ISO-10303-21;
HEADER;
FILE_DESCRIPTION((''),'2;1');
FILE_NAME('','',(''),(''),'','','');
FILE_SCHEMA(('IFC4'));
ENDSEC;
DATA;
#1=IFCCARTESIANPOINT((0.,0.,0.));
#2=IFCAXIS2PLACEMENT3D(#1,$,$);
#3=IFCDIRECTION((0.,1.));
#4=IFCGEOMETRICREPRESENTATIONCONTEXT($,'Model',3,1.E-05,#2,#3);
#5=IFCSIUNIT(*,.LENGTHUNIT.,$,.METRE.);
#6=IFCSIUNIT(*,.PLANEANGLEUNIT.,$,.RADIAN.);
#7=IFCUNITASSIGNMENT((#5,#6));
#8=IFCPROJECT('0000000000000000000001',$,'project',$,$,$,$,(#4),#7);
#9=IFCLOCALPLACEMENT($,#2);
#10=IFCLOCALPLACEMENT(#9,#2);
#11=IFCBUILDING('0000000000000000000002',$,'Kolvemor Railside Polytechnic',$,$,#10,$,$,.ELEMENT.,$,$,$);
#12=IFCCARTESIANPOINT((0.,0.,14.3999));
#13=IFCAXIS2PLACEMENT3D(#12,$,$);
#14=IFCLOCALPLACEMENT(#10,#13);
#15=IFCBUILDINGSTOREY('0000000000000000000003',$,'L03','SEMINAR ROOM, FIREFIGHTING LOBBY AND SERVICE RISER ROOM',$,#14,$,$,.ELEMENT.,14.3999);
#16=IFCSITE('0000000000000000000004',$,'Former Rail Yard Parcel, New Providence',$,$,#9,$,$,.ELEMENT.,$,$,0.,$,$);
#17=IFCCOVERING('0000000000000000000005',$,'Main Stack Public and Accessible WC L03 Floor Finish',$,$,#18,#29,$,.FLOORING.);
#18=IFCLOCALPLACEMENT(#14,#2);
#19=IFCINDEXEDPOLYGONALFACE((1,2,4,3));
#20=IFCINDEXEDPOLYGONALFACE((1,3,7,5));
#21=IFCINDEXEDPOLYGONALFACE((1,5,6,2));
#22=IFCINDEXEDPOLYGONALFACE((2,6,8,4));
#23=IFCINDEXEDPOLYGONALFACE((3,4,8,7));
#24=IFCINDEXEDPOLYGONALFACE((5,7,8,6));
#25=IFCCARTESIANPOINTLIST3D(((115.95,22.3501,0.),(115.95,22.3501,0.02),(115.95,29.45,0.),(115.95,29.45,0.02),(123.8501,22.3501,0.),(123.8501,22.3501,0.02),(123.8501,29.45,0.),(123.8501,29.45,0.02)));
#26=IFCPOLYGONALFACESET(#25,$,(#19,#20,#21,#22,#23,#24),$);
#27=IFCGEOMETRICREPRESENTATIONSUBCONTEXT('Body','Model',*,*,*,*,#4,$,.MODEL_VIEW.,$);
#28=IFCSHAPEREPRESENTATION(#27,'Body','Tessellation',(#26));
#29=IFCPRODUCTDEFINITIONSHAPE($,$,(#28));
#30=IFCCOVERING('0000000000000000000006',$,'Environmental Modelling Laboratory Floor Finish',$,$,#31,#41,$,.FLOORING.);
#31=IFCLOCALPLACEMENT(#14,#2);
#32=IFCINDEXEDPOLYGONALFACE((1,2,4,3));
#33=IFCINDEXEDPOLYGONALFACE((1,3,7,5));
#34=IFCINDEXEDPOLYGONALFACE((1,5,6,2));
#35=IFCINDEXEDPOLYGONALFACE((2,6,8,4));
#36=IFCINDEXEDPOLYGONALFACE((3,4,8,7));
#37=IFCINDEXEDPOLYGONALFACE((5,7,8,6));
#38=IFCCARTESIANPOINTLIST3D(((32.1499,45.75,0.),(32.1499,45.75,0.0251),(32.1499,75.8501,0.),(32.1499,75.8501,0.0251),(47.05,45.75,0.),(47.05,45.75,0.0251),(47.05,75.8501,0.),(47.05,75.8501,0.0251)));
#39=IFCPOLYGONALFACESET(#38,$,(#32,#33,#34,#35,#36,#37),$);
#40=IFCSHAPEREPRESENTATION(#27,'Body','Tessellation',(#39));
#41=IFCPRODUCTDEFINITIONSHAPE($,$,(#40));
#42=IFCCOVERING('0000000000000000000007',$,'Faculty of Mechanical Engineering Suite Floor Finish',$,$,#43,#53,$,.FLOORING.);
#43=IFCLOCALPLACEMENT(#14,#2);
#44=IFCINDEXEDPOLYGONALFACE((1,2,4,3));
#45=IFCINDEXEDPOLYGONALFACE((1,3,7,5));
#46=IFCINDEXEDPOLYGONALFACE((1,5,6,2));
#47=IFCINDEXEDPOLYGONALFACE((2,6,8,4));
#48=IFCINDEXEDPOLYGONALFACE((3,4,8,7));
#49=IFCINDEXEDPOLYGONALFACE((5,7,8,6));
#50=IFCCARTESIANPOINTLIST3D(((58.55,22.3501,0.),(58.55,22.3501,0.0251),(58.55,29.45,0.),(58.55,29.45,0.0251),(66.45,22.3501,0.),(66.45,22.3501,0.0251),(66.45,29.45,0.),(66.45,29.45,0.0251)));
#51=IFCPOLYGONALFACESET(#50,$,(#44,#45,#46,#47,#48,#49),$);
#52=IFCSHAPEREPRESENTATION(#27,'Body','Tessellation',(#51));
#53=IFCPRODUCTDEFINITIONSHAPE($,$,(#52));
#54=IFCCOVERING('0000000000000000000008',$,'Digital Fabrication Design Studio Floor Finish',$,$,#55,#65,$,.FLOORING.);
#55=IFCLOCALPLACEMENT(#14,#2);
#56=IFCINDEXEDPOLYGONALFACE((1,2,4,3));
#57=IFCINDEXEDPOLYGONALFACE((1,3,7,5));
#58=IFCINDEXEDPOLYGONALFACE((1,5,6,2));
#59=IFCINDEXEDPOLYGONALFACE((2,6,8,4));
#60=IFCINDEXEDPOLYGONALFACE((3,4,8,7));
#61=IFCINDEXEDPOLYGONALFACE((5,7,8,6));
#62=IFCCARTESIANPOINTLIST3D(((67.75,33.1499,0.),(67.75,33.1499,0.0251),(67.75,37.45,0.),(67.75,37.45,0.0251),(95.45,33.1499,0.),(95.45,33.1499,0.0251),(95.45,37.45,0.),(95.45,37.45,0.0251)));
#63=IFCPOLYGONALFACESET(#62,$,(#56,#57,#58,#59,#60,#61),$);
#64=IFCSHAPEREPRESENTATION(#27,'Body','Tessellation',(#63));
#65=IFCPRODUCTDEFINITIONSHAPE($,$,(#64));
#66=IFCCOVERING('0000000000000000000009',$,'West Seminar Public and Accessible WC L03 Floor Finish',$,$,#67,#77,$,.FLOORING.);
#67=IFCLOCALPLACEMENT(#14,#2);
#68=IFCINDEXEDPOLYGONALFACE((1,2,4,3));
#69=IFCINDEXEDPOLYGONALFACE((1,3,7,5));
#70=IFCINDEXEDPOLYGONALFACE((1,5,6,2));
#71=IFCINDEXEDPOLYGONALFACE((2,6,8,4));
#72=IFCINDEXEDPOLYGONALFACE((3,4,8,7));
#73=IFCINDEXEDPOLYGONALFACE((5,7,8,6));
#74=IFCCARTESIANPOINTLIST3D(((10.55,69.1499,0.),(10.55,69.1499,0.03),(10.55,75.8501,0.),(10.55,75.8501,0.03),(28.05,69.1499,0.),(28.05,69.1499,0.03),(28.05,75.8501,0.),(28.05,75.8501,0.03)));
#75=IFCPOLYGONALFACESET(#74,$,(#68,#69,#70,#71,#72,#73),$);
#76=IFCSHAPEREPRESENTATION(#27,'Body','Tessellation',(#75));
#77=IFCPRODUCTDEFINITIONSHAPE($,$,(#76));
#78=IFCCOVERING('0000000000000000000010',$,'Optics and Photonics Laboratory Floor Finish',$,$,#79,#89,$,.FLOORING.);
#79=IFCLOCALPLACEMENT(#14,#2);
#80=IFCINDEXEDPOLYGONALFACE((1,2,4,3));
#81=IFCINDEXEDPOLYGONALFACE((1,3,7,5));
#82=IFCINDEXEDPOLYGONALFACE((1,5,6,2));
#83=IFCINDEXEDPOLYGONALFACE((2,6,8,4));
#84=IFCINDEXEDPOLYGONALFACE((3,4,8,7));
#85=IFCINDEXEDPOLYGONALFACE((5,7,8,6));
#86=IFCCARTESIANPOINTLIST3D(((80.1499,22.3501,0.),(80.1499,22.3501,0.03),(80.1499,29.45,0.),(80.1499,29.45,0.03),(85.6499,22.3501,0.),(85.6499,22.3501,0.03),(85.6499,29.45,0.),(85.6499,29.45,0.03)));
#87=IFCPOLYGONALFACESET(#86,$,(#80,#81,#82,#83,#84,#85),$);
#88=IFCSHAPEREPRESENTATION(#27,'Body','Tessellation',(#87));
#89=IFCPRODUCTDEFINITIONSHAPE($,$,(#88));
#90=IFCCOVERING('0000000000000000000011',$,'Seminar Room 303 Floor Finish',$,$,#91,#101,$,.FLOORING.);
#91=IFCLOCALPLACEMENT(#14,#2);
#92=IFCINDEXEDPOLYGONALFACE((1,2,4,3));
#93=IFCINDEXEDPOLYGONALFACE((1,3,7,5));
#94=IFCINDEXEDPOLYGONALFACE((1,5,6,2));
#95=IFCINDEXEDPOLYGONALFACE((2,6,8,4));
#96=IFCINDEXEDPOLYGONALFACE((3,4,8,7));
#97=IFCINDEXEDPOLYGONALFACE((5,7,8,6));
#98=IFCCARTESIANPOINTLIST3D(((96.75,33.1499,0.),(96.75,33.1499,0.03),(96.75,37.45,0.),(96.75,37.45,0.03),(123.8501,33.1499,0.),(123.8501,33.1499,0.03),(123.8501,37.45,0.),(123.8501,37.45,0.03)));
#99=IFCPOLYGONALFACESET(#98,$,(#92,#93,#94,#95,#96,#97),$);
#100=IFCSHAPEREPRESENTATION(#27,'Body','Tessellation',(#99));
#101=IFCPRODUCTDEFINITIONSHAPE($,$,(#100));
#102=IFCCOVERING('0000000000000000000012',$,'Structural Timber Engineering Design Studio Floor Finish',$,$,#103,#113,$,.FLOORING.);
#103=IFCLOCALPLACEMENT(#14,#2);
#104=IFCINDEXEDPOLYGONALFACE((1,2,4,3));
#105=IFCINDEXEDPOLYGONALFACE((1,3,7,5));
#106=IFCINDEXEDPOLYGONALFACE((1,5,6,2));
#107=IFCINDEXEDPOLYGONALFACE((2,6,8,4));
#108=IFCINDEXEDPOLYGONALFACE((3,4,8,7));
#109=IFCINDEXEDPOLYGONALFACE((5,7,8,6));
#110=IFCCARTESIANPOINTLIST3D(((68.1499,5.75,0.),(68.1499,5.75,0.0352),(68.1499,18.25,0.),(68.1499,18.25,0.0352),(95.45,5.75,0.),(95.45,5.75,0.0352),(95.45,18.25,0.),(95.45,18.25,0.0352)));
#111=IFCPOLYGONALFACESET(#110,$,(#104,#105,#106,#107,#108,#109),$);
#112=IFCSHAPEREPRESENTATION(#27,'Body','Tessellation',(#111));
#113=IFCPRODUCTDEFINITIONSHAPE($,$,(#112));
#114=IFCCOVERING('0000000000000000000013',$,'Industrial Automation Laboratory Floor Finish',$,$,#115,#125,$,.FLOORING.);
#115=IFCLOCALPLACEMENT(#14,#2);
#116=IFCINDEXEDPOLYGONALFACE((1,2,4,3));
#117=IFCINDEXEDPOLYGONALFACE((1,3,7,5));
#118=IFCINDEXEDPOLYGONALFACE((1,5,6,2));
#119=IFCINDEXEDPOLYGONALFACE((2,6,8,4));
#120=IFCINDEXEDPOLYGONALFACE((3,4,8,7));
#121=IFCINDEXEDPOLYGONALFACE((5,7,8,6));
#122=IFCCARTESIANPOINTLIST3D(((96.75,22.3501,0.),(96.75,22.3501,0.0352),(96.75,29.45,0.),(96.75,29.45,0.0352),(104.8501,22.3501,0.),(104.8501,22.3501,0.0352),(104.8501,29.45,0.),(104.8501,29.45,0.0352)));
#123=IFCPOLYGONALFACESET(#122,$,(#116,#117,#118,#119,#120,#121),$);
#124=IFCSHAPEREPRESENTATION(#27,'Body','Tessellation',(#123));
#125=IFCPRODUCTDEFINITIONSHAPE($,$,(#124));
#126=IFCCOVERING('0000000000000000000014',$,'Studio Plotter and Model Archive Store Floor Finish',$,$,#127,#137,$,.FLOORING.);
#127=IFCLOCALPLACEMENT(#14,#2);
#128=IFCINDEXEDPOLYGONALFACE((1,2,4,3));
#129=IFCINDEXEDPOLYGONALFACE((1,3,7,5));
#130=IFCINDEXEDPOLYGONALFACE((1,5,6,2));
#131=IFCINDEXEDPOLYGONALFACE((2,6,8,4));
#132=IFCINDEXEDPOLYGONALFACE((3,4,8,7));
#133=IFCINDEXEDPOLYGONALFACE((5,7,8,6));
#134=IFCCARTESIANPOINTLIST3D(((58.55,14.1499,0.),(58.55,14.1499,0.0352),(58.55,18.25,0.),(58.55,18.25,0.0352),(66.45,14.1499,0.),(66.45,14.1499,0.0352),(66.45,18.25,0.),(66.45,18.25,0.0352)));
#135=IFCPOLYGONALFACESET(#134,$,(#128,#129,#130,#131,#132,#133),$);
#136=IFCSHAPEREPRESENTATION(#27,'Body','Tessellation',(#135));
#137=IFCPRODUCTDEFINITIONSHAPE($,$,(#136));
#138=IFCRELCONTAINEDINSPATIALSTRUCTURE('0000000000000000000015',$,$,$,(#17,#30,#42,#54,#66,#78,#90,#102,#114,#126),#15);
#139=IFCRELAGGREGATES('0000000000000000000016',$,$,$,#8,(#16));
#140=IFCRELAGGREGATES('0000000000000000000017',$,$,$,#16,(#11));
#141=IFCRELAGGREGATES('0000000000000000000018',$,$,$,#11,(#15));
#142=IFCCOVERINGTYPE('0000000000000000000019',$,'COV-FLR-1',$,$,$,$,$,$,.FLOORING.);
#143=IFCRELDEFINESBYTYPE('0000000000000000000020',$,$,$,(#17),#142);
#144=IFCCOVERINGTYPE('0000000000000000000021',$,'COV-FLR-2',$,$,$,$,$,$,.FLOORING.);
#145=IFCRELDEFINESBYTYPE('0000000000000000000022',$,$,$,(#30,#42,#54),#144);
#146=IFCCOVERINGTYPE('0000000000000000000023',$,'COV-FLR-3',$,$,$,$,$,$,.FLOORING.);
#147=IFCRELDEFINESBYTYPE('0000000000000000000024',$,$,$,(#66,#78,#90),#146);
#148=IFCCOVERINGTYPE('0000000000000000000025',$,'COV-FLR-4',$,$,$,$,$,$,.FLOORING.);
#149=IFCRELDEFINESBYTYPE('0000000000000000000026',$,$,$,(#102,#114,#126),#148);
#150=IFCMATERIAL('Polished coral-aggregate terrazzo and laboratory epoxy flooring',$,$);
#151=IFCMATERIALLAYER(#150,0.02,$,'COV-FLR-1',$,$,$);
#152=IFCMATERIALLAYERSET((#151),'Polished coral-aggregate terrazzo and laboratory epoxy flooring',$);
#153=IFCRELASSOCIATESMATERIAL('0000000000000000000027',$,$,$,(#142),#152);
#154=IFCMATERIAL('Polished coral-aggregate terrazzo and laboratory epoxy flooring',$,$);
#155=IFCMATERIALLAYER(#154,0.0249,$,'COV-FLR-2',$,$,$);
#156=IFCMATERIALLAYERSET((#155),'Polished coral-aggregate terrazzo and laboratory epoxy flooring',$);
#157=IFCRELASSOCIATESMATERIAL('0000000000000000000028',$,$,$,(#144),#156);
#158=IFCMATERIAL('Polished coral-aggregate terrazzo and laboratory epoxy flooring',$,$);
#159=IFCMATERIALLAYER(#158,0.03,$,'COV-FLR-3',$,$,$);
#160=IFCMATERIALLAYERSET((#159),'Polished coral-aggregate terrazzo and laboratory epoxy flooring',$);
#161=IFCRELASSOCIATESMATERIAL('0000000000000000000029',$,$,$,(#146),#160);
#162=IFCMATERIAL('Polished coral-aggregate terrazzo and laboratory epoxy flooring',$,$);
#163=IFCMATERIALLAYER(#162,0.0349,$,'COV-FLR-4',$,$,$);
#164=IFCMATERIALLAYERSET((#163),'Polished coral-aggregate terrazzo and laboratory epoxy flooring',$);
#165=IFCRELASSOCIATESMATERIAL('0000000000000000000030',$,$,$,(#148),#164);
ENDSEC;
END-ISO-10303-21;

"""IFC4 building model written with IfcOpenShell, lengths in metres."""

from ifc_helpers import new_model, si_unit, direction, frame, origin, place, context, subcontext, project, spatial, polyline, outline, extrude, material, layer, layer_set, type_object, element, save


model = new_model("IFC4")

# Units and contexts
model_context = context("Model", 3, precision=1e-05, world=origin(), true_north=direction((0.0, 1.0)))
body_context = subcontext(model_context, "Body", "Model", "MODEL_VIEW")
ifc_project = project(units=[si_unit("LENGTHUNIT", "METRE"), si_unit("PLANEANGLEUNIT", "RADIAN")], contexts=[model_context])

# Site, building, storey
site_placement = place(None, origin())
site = spatial("IfcSite", under=ifc_project, at=site_placement, Name="Former Rail Yard Parcel, New Providence", CompositionType="ELEMENT", RefElevation=0.0)
building_placement = place(site_placement, origin())
building = spatial("IfcBuilding", under=site, at=building_placement, Name="Kolvemor Railside Polytechnic", CompositionType="ELEMENT")
storey_placement = place(building_placement, frame((0.0, 0.0, 14.3999)))
storey = spatial("IfcBuildingStorey", under=building, at=storey_placement, Name="L03", Description="SEMINAR ROOM, FIREFIGHTING LOBBY AND SERVICE RISER ROOM", CompositionType="ELEMENT", Elevation=14.3999)

# Coverings
ifc_material_1 = material(Name="Polished coral-aggregate terrazzo and laboratory epoxy flooring")
ifc_layer_1 = layer(ifc_material_1, 0.02, Name="COV-FLR-1")
ifc_layer_set_1 = layer_set([ifc_layer_1], Name="Polished coral-aggregate terrazzo and laboratory epoxy flooring")
covering_type_1 = type_object("IfcCoveringType", Name="COV-FLR-1", PredefinedType="FLOORING", material=ifc_layer_set_1)
covering_1_placement = place(storey_placement, origin())
element("IfcCovering", 1, at=covering_1_placement, inside=storey, type_object=covering_type_1, Name="Main Stack Public and Accessible WC L03 Floor Finish", PredefinedType="FLOORING", context=body_context, shape_type="SweptSolid", body=[
    extrude(outline(polyline([(115.95, 22.3501), (123.8501, 22.3501), (123.8501, 29.45), (115.95, 29.45), (115.95, 22.3501)])), origin(), (0.0, 0.0, 1.0), 0.02),
])
ifc_material_2 = material(Name="Polished coral-aggregate terrazzo and laboratory epoxy flooring")
ifc_layer_2 = layer(ifc_material_2, 0.0249, Name="COV-FLR-2")
ifc_layer_set_2 = layer_set([ifc_layer_2], Name="Polished coral-aggregate terrazzo and laboratory epoxy flooring")
covering_type_2 = type_object("IfcCoveringType", Name="COV-FLR-2", PredefinedType="FLOORING", material=ifc_layer_set_2)
covering_2_placement = place(storey_placement, origin())
element("IfcCovering", 2, at=covering_2_placement, inside=storey, type_object=covering_type_2, Name="Environmental Modelling Laboratory Floor Finish", PredefinedType="FLOORING", context=body_context, shape_type="SweptSolid", body=[
    extrude(outline(polyline([(32.1499, 45.75), (47.05, 45.75), (47.05, 75.8501), (32.1499, 75.8501), (32.1499, 45.75)])), origin(), (0.0, 0.0, 1.0), 0.0251),
])
covering_3_placement = place(storey_placement, origin())
element("IfcCovering", 3, at=covering_3_placement, inside=storey, type_object=covering_type_2, Name="Faculty of Mechanical Engineering Suite Floor Finish", PredefinedType="FLOORING", context=body_context, shape_type="SweptSolid", body=[
    extrude(outline(polyline([(58.55, 22.3501), (66.45, 22.3501), (66.45, 29.45), (58.55, 29.45), (58.55, 22.3501)])), origin(), (0.0, 0.0, 1.0), 0.0251),
])
covering_4_placement = place(storey_placement, origin())
element("IfcCovering", 4, at=covering_4_placement, inside=storey, type_object=covering_type_2, Name="Digital Fabrication Design Studio Floor Finish", PredefinedType="FLOORING", context=body_context, shape_type="SweptSolid", body=[
    extrude(outline(polyline([(67.75, 33.1499), (95.45, 33.1499), (95.45, 37.45), (67.75, 37.45), (67.75, 33.1499)])), origin(), (0.0, 0.0, 1.0), 0.0251),
])
ifc_material_3 = material(Name="Polished coral-aggregate terrazzo and laboratory epoxy flooring")
ifc_layer_3 = layer(ifc_material_3, 0.03, Name="COV-FLR-3")
ifc_layer_set_3 = layer_set([ifc_layer_3], Name="Polished coral-aggregate terrazzo and laboratory epoxy flooring")
covering_type_3 = type_object("IfcCoveringType", Name="COV-FLR-3", PredefinedType="FLOORING", material=ifc_layer_set_3)
covering_5_placement = place(storey_placement, origin())
element("IfcCovering", 5, at=covering_5_placement, inside=storey, type_object=covering_type_3, Name="West Seminar Public and Accessible WC L03 Floor Finish", PredefinedType="FLOORING", context=body_context, shape_type="SweptSolid", body=[
    extrude(outline(polyline([(10.55, 69.1499), (28.05, 69.1499), (28.05, 75.8501), (10.55, 75.8501), (10.55, 69.1499)])), origin(), (0.0, 0.0, 1.0), 0.03),
])
covering_6_placement = place(storey_placement, origin())
element("IfcCovering", 6, at=covering_6_placement, inside=storey, type_object=covering_type_3, Name="Optics and Photonics Laboratory Floor Finish", PredefinedType="FLOORING", context=body_context, shape_type="SweptSolid", body=[
    extrude(outline(polyline([(80.1499, 22.3501), (85.6499, 22.3501), (85.6499, 29.45), (80.1499, 29.45), (80.1499, 22.3501)])), origin(), (0.0, 0.0, 1.0), 0.03),
])
covering_7_placement = place(storey_placement, origin())
element("IfcCovering", 7, at=covering_7_placement, inside=storey, type_object=covering_type_3, Name="Seminar Room 303 Floor Finish", PredefinedType="FLOORING", context=body_context, shape_type="SweptSolid", body=[
    extrude(outline(polyline([(96.75, 33.1499), (123.8501, 33.1499), (123.8501, 37.45), (96.75, 37.45), (96.75, 33.1499)])), origin(), (0.0, 0.0, 1.0), 0.03),
])
ifc_material_4 = material(Name="Polished coral-aggregate terrazzo and laboratory epoxy flooring")
ifc_layer_4 = layer(ifc_material_4, 0.0349, Name="COV-FLR-4")
ifc_layer_set_4 = layer_set([ifc_layer_4], Name="Polished coral-aggregate terrazzo and laboratory epoxy flooring")
covering_type_4 = type_object("IfcCoveringType", Name="COV-FLR-4", PredefinedType="FLOORING", material=ifc_layer_set_4)
covering_8_placement = place(storey_placement, origin())
element("IfcCovering", 8, at=covering_8_placement, inside=storey, type_object=covering_type_4, Name="Structural Timber Engineering Design Studio Floor Finish", PredefinedType="FLOORING", context=body_context, shape_type="SweptSolid", body=[
    extrude(outline(polyline([(68.1499, 5.75), (95.45, 5.75), (95.45, 18.25), (68.1499, 18.25), (68.1499, 5.75)])), origin(), (0.0, 0.0, 1.0), 0.0352),
])
covering_9_placement = place(storey_placement, origin())
element("IfcCovering", 9, at=covering_9_placement, inside=storey, type_object=covering_type_4, Name="Industrial Automation Laboratory Floor Finish", PredefinedType="FLOORING", context=body_context, shape_type="SweptSolid", body=[
    extrude(outline(polyline([(96.75, 22.3501), (104.8501, 22.3501), (104.8501, 29.45), (96.75, 29.45), (96.75, 22.3501)])), origin(), (0.0, 0.0, 1.0), 0.0352),
])
covering_10_placement = place(storey_placement, origin())
element("IfcCovering", 10, at=covering_10_placement, inside=storey, type_object=covering_type_4, Name="Studio Plotter and Model Archive Store Floor Finish", PredefinedType="FLOORING", context=body_context, shape_type="SweptSolid", body=[
    extrude(outline(polyline([(58.55, 14.1499), (66.45, 14.1499), (66.45, 18.25), (58.55, 18.25), (58.55, 14.1499)])), origin(), (0.0, 0.0, 1.0), 0.0352),
])

save(model, "model.ifc")
